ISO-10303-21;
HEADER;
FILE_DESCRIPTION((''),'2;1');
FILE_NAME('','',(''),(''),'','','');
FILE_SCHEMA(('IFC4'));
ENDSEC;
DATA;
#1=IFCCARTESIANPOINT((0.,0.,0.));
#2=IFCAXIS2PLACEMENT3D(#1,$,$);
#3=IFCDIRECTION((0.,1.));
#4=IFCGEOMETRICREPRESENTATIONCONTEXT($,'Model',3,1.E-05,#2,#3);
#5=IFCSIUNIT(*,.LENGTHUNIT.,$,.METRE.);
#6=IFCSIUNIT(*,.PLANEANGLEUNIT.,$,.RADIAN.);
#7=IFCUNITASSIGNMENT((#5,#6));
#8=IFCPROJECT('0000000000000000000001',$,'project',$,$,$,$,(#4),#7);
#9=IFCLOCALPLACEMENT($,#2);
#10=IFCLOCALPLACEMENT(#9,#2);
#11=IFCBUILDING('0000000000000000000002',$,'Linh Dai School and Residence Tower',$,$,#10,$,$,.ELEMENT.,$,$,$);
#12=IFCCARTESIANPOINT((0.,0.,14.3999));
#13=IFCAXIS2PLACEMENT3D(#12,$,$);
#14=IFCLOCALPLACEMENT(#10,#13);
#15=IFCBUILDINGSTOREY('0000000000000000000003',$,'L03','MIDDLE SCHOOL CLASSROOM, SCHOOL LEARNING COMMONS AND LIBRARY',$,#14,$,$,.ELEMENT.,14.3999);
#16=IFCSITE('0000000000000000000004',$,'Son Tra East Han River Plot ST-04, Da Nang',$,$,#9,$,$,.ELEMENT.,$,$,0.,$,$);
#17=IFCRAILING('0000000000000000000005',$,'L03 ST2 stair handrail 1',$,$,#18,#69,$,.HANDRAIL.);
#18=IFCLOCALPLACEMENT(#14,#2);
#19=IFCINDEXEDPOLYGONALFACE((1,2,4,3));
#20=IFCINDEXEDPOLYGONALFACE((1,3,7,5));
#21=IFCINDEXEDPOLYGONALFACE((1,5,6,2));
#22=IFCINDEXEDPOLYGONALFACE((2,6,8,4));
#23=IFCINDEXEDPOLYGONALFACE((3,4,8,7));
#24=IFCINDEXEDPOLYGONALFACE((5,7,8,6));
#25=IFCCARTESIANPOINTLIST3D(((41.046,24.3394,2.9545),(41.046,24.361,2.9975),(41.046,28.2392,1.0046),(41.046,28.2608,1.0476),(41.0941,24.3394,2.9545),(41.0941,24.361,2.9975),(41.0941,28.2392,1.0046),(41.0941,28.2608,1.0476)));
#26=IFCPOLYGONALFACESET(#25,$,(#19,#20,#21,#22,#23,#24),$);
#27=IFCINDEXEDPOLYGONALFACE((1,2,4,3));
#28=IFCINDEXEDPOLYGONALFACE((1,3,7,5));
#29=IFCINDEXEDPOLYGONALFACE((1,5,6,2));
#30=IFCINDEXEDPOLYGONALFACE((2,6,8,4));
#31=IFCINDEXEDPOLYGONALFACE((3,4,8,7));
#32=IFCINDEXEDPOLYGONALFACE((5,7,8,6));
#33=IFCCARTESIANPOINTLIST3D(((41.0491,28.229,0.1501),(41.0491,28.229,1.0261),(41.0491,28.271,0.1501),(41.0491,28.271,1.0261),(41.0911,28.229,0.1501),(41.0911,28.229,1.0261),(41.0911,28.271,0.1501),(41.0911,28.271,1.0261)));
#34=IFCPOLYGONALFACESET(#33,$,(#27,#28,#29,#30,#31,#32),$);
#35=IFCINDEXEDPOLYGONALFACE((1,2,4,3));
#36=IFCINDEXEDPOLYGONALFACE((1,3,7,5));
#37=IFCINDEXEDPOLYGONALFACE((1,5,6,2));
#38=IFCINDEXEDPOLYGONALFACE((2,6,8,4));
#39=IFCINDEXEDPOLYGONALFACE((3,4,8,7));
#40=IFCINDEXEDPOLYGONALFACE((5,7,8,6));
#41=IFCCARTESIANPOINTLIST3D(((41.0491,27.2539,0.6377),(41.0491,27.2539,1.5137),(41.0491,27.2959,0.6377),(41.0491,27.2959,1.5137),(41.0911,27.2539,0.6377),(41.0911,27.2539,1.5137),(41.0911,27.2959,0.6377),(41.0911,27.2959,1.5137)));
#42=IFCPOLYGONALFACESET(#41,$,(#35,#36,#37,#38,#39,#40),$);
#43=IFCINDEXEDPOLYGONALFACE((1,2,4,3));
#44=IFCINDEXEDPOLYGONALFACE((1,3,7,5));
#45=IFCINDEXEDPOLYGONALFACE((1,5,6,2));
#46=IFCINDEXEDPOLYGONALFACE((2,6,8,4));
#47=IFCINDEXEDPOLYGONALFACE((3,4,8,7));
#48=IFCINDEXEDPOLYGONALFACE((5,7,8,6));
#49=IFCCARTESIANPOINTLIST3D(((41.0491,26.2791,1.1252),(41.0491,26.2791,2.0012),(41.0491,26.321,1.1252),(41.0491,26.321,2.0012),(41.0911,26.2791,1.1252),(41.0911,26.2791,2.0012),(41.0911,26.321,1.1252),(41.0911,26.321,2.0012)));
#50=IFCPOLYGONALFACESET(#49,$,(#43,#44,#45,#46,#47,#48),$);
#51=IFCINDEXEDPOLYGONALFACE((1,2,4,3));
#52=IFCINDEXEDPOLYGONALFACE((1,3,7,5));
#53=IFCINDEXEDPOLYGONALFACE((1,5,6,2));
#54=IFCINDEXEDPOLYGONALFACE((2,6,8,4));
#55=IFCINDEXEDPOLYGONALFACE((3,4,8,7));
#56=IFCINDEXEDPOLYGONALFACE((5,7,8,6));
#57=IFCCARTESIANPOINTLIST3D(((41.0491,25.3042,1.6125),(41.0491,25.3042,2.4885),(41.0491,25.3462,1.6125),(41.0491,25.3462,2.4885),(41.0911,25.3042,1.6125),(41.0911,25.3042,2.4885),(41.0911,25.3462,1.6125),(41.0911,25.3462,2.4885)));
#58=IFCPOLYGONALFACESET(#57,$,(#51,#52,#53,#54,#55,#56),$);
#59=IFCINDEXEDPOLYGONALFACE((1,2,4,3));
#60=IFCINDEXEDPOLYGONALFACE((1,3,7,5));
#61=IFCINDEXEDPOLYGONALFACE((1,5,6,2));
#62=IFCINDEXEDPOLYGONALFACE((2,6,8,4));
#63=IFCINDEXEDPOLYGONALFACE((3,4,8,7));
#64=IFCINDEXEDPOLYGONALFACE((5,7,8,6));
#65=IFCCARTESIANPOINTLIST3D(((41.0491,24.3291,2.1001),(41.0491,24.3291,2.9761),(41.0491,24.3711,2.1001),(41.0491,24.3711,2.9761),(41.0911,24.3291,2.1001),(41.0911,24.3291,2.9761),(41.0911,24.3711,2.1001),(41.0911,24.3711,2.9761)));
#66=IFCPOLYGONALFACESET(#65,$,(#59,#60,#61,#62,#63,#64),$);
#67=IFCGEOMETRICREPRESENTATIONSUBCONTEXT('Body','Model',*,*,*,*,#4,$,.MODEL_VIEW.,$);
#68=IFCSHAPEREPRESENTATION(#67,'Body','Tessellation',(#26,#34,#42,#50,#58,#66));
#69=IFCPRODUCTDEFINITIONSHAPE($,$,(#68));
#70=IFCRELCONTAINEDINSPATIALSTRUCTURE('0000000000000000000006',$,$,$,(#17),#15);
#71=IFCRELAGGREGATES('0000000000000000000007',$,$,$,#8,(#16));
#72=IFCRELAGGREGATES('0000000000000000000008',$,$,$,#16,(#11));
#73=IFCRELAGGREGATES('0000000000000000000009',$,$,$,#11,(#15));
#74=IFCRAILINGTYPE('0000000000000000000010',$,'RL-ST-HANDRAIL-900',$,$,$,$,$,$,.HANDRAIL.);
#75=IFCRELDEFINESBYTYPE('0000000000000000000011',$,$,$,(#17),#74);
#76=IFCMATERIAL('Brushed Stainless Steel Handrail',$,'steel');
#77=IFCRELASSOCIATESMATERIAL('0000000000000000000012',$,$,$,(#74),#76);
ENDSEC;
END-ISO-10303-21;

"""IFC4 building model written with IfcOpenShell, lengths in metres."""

from ifc_helpers import new_model, si_unit, direction, frame, origin, origin_2d, place, context, subcontext, project, spatial, rectangle, extrude, source, transform, mapped, material, type_object, element, save


model = new_model("IFC4")

# Units and contexts
model_context = context("Model", 3, precision=1e-05, world=origin(), true_north=direction((0.0, 1.0)))
body_context = subcontext(model_context, "Body", "Model", "MODEL_VIEW")
ifc_project = project(units=[si_unit("LENGTHUNIT", "METRE"), si_unit("PLANEANGLEUNIT", "RADIAN")], contexts=[model_context])

# Site, building, storey
site_placement = place(None, origin())
site = spatial("IfcSite", under=ifc_project, at=site_placement, Name="Son Tra East Han River Plot ST-04, Da Nang", CompositionType="ELEMENT", RefElevation=0.0)
building_placement = place(site_placement, origin())
building = spatial("IfcBuilding", under=site, at=building_placement, Name="Linh Dai School and Residence Tower", CompositionType="ELEMENT")
storey_placement = place(building_placement, frame((0.0, 0.0, 14.3999)))
storey = spatial("IfcBuildingStorey", under=building, at=storey_placement, Name="L03", Description="MIDDLE SCHOOL CLASSROOM, SCHOOL LEARNING COMMONS AND LIBRARY", CompositionType="ELEMENT", Elevation=14.3999)

# Railing
ifc_material_1 = material(Name="Brushed Stainless Steel Handrail", Category="steel")
railing_type_1 = type_object("IfcRailingType", Name="RL-ST-HANDRAIL-900", PredefinedType="HANDRAIL", material=ifc_material_1)
shared_shape_1 = source(origin(), body_context, "Body", "SweptSolid", [
    extrude(rectangle(XDim=0.0481, YDim=0.0481, at=origin_2d()), frame((0.0, 0.0, 0.876), z_axis=(0.0, -0.894427, 0.447214), x_axis=(1.0, 0.0, 0.0)), (0.0, 0.0, 1.0), 4.3601),
    extrude(rectangle(XDim=0.042, YDim=0.042, at=origin_2d()), origin(), (0.0, 0.0, 1.0), 0.876),
    extrude(rectangle(XDim=0.042, YDim=0.042, at=origin_2d()), frame((0.0, -0.9751, 0.4875)), (0.0, 0.0, 1.0), 0.876),
    extrude(rectangle(XDim=0.042, YDim=0.042, at=origin_2d()), frame((0.0, -1.95, 0.9751)), (0.0, 0.0, 1.0), 0.876),
    extrude(rectangle(XDim=0.042, YDim=0.042, at=origin_2d()), frame((0.0, -2.9248, 1.4624)), (0.0, 0.0, 1.0), 0.876),
    extrude(rectangle(XDim=0.042, YDim=0.042, at=origin_2d()), frame((0.0, -3.8999, 1.95)), (0.0, 0.0, 1.0), 0.876),
])
railing_1_placement = place(storey_placement, frame((41.0701, 28.25, 0.1501)))
element("IfcRailing", 1, at=railing_1_placement, inside=storey, type_object=railing_type_1, Name="L03 ST2 stair handrail 1", PredefinedType="HANDRAIL", context=body_context, shape_type="MappedRepresentation", body=[
    mapped(shared_shape_1, transform((0.0, 0.0, 0.0), x_axis=(1.0, 0.0, 0.0), y_axis=(0.0, 1.0, 0.0), z_axis=(0.0, 0.0, 1.0), scale=1.0)),
])

save(model, "model.ifc")
